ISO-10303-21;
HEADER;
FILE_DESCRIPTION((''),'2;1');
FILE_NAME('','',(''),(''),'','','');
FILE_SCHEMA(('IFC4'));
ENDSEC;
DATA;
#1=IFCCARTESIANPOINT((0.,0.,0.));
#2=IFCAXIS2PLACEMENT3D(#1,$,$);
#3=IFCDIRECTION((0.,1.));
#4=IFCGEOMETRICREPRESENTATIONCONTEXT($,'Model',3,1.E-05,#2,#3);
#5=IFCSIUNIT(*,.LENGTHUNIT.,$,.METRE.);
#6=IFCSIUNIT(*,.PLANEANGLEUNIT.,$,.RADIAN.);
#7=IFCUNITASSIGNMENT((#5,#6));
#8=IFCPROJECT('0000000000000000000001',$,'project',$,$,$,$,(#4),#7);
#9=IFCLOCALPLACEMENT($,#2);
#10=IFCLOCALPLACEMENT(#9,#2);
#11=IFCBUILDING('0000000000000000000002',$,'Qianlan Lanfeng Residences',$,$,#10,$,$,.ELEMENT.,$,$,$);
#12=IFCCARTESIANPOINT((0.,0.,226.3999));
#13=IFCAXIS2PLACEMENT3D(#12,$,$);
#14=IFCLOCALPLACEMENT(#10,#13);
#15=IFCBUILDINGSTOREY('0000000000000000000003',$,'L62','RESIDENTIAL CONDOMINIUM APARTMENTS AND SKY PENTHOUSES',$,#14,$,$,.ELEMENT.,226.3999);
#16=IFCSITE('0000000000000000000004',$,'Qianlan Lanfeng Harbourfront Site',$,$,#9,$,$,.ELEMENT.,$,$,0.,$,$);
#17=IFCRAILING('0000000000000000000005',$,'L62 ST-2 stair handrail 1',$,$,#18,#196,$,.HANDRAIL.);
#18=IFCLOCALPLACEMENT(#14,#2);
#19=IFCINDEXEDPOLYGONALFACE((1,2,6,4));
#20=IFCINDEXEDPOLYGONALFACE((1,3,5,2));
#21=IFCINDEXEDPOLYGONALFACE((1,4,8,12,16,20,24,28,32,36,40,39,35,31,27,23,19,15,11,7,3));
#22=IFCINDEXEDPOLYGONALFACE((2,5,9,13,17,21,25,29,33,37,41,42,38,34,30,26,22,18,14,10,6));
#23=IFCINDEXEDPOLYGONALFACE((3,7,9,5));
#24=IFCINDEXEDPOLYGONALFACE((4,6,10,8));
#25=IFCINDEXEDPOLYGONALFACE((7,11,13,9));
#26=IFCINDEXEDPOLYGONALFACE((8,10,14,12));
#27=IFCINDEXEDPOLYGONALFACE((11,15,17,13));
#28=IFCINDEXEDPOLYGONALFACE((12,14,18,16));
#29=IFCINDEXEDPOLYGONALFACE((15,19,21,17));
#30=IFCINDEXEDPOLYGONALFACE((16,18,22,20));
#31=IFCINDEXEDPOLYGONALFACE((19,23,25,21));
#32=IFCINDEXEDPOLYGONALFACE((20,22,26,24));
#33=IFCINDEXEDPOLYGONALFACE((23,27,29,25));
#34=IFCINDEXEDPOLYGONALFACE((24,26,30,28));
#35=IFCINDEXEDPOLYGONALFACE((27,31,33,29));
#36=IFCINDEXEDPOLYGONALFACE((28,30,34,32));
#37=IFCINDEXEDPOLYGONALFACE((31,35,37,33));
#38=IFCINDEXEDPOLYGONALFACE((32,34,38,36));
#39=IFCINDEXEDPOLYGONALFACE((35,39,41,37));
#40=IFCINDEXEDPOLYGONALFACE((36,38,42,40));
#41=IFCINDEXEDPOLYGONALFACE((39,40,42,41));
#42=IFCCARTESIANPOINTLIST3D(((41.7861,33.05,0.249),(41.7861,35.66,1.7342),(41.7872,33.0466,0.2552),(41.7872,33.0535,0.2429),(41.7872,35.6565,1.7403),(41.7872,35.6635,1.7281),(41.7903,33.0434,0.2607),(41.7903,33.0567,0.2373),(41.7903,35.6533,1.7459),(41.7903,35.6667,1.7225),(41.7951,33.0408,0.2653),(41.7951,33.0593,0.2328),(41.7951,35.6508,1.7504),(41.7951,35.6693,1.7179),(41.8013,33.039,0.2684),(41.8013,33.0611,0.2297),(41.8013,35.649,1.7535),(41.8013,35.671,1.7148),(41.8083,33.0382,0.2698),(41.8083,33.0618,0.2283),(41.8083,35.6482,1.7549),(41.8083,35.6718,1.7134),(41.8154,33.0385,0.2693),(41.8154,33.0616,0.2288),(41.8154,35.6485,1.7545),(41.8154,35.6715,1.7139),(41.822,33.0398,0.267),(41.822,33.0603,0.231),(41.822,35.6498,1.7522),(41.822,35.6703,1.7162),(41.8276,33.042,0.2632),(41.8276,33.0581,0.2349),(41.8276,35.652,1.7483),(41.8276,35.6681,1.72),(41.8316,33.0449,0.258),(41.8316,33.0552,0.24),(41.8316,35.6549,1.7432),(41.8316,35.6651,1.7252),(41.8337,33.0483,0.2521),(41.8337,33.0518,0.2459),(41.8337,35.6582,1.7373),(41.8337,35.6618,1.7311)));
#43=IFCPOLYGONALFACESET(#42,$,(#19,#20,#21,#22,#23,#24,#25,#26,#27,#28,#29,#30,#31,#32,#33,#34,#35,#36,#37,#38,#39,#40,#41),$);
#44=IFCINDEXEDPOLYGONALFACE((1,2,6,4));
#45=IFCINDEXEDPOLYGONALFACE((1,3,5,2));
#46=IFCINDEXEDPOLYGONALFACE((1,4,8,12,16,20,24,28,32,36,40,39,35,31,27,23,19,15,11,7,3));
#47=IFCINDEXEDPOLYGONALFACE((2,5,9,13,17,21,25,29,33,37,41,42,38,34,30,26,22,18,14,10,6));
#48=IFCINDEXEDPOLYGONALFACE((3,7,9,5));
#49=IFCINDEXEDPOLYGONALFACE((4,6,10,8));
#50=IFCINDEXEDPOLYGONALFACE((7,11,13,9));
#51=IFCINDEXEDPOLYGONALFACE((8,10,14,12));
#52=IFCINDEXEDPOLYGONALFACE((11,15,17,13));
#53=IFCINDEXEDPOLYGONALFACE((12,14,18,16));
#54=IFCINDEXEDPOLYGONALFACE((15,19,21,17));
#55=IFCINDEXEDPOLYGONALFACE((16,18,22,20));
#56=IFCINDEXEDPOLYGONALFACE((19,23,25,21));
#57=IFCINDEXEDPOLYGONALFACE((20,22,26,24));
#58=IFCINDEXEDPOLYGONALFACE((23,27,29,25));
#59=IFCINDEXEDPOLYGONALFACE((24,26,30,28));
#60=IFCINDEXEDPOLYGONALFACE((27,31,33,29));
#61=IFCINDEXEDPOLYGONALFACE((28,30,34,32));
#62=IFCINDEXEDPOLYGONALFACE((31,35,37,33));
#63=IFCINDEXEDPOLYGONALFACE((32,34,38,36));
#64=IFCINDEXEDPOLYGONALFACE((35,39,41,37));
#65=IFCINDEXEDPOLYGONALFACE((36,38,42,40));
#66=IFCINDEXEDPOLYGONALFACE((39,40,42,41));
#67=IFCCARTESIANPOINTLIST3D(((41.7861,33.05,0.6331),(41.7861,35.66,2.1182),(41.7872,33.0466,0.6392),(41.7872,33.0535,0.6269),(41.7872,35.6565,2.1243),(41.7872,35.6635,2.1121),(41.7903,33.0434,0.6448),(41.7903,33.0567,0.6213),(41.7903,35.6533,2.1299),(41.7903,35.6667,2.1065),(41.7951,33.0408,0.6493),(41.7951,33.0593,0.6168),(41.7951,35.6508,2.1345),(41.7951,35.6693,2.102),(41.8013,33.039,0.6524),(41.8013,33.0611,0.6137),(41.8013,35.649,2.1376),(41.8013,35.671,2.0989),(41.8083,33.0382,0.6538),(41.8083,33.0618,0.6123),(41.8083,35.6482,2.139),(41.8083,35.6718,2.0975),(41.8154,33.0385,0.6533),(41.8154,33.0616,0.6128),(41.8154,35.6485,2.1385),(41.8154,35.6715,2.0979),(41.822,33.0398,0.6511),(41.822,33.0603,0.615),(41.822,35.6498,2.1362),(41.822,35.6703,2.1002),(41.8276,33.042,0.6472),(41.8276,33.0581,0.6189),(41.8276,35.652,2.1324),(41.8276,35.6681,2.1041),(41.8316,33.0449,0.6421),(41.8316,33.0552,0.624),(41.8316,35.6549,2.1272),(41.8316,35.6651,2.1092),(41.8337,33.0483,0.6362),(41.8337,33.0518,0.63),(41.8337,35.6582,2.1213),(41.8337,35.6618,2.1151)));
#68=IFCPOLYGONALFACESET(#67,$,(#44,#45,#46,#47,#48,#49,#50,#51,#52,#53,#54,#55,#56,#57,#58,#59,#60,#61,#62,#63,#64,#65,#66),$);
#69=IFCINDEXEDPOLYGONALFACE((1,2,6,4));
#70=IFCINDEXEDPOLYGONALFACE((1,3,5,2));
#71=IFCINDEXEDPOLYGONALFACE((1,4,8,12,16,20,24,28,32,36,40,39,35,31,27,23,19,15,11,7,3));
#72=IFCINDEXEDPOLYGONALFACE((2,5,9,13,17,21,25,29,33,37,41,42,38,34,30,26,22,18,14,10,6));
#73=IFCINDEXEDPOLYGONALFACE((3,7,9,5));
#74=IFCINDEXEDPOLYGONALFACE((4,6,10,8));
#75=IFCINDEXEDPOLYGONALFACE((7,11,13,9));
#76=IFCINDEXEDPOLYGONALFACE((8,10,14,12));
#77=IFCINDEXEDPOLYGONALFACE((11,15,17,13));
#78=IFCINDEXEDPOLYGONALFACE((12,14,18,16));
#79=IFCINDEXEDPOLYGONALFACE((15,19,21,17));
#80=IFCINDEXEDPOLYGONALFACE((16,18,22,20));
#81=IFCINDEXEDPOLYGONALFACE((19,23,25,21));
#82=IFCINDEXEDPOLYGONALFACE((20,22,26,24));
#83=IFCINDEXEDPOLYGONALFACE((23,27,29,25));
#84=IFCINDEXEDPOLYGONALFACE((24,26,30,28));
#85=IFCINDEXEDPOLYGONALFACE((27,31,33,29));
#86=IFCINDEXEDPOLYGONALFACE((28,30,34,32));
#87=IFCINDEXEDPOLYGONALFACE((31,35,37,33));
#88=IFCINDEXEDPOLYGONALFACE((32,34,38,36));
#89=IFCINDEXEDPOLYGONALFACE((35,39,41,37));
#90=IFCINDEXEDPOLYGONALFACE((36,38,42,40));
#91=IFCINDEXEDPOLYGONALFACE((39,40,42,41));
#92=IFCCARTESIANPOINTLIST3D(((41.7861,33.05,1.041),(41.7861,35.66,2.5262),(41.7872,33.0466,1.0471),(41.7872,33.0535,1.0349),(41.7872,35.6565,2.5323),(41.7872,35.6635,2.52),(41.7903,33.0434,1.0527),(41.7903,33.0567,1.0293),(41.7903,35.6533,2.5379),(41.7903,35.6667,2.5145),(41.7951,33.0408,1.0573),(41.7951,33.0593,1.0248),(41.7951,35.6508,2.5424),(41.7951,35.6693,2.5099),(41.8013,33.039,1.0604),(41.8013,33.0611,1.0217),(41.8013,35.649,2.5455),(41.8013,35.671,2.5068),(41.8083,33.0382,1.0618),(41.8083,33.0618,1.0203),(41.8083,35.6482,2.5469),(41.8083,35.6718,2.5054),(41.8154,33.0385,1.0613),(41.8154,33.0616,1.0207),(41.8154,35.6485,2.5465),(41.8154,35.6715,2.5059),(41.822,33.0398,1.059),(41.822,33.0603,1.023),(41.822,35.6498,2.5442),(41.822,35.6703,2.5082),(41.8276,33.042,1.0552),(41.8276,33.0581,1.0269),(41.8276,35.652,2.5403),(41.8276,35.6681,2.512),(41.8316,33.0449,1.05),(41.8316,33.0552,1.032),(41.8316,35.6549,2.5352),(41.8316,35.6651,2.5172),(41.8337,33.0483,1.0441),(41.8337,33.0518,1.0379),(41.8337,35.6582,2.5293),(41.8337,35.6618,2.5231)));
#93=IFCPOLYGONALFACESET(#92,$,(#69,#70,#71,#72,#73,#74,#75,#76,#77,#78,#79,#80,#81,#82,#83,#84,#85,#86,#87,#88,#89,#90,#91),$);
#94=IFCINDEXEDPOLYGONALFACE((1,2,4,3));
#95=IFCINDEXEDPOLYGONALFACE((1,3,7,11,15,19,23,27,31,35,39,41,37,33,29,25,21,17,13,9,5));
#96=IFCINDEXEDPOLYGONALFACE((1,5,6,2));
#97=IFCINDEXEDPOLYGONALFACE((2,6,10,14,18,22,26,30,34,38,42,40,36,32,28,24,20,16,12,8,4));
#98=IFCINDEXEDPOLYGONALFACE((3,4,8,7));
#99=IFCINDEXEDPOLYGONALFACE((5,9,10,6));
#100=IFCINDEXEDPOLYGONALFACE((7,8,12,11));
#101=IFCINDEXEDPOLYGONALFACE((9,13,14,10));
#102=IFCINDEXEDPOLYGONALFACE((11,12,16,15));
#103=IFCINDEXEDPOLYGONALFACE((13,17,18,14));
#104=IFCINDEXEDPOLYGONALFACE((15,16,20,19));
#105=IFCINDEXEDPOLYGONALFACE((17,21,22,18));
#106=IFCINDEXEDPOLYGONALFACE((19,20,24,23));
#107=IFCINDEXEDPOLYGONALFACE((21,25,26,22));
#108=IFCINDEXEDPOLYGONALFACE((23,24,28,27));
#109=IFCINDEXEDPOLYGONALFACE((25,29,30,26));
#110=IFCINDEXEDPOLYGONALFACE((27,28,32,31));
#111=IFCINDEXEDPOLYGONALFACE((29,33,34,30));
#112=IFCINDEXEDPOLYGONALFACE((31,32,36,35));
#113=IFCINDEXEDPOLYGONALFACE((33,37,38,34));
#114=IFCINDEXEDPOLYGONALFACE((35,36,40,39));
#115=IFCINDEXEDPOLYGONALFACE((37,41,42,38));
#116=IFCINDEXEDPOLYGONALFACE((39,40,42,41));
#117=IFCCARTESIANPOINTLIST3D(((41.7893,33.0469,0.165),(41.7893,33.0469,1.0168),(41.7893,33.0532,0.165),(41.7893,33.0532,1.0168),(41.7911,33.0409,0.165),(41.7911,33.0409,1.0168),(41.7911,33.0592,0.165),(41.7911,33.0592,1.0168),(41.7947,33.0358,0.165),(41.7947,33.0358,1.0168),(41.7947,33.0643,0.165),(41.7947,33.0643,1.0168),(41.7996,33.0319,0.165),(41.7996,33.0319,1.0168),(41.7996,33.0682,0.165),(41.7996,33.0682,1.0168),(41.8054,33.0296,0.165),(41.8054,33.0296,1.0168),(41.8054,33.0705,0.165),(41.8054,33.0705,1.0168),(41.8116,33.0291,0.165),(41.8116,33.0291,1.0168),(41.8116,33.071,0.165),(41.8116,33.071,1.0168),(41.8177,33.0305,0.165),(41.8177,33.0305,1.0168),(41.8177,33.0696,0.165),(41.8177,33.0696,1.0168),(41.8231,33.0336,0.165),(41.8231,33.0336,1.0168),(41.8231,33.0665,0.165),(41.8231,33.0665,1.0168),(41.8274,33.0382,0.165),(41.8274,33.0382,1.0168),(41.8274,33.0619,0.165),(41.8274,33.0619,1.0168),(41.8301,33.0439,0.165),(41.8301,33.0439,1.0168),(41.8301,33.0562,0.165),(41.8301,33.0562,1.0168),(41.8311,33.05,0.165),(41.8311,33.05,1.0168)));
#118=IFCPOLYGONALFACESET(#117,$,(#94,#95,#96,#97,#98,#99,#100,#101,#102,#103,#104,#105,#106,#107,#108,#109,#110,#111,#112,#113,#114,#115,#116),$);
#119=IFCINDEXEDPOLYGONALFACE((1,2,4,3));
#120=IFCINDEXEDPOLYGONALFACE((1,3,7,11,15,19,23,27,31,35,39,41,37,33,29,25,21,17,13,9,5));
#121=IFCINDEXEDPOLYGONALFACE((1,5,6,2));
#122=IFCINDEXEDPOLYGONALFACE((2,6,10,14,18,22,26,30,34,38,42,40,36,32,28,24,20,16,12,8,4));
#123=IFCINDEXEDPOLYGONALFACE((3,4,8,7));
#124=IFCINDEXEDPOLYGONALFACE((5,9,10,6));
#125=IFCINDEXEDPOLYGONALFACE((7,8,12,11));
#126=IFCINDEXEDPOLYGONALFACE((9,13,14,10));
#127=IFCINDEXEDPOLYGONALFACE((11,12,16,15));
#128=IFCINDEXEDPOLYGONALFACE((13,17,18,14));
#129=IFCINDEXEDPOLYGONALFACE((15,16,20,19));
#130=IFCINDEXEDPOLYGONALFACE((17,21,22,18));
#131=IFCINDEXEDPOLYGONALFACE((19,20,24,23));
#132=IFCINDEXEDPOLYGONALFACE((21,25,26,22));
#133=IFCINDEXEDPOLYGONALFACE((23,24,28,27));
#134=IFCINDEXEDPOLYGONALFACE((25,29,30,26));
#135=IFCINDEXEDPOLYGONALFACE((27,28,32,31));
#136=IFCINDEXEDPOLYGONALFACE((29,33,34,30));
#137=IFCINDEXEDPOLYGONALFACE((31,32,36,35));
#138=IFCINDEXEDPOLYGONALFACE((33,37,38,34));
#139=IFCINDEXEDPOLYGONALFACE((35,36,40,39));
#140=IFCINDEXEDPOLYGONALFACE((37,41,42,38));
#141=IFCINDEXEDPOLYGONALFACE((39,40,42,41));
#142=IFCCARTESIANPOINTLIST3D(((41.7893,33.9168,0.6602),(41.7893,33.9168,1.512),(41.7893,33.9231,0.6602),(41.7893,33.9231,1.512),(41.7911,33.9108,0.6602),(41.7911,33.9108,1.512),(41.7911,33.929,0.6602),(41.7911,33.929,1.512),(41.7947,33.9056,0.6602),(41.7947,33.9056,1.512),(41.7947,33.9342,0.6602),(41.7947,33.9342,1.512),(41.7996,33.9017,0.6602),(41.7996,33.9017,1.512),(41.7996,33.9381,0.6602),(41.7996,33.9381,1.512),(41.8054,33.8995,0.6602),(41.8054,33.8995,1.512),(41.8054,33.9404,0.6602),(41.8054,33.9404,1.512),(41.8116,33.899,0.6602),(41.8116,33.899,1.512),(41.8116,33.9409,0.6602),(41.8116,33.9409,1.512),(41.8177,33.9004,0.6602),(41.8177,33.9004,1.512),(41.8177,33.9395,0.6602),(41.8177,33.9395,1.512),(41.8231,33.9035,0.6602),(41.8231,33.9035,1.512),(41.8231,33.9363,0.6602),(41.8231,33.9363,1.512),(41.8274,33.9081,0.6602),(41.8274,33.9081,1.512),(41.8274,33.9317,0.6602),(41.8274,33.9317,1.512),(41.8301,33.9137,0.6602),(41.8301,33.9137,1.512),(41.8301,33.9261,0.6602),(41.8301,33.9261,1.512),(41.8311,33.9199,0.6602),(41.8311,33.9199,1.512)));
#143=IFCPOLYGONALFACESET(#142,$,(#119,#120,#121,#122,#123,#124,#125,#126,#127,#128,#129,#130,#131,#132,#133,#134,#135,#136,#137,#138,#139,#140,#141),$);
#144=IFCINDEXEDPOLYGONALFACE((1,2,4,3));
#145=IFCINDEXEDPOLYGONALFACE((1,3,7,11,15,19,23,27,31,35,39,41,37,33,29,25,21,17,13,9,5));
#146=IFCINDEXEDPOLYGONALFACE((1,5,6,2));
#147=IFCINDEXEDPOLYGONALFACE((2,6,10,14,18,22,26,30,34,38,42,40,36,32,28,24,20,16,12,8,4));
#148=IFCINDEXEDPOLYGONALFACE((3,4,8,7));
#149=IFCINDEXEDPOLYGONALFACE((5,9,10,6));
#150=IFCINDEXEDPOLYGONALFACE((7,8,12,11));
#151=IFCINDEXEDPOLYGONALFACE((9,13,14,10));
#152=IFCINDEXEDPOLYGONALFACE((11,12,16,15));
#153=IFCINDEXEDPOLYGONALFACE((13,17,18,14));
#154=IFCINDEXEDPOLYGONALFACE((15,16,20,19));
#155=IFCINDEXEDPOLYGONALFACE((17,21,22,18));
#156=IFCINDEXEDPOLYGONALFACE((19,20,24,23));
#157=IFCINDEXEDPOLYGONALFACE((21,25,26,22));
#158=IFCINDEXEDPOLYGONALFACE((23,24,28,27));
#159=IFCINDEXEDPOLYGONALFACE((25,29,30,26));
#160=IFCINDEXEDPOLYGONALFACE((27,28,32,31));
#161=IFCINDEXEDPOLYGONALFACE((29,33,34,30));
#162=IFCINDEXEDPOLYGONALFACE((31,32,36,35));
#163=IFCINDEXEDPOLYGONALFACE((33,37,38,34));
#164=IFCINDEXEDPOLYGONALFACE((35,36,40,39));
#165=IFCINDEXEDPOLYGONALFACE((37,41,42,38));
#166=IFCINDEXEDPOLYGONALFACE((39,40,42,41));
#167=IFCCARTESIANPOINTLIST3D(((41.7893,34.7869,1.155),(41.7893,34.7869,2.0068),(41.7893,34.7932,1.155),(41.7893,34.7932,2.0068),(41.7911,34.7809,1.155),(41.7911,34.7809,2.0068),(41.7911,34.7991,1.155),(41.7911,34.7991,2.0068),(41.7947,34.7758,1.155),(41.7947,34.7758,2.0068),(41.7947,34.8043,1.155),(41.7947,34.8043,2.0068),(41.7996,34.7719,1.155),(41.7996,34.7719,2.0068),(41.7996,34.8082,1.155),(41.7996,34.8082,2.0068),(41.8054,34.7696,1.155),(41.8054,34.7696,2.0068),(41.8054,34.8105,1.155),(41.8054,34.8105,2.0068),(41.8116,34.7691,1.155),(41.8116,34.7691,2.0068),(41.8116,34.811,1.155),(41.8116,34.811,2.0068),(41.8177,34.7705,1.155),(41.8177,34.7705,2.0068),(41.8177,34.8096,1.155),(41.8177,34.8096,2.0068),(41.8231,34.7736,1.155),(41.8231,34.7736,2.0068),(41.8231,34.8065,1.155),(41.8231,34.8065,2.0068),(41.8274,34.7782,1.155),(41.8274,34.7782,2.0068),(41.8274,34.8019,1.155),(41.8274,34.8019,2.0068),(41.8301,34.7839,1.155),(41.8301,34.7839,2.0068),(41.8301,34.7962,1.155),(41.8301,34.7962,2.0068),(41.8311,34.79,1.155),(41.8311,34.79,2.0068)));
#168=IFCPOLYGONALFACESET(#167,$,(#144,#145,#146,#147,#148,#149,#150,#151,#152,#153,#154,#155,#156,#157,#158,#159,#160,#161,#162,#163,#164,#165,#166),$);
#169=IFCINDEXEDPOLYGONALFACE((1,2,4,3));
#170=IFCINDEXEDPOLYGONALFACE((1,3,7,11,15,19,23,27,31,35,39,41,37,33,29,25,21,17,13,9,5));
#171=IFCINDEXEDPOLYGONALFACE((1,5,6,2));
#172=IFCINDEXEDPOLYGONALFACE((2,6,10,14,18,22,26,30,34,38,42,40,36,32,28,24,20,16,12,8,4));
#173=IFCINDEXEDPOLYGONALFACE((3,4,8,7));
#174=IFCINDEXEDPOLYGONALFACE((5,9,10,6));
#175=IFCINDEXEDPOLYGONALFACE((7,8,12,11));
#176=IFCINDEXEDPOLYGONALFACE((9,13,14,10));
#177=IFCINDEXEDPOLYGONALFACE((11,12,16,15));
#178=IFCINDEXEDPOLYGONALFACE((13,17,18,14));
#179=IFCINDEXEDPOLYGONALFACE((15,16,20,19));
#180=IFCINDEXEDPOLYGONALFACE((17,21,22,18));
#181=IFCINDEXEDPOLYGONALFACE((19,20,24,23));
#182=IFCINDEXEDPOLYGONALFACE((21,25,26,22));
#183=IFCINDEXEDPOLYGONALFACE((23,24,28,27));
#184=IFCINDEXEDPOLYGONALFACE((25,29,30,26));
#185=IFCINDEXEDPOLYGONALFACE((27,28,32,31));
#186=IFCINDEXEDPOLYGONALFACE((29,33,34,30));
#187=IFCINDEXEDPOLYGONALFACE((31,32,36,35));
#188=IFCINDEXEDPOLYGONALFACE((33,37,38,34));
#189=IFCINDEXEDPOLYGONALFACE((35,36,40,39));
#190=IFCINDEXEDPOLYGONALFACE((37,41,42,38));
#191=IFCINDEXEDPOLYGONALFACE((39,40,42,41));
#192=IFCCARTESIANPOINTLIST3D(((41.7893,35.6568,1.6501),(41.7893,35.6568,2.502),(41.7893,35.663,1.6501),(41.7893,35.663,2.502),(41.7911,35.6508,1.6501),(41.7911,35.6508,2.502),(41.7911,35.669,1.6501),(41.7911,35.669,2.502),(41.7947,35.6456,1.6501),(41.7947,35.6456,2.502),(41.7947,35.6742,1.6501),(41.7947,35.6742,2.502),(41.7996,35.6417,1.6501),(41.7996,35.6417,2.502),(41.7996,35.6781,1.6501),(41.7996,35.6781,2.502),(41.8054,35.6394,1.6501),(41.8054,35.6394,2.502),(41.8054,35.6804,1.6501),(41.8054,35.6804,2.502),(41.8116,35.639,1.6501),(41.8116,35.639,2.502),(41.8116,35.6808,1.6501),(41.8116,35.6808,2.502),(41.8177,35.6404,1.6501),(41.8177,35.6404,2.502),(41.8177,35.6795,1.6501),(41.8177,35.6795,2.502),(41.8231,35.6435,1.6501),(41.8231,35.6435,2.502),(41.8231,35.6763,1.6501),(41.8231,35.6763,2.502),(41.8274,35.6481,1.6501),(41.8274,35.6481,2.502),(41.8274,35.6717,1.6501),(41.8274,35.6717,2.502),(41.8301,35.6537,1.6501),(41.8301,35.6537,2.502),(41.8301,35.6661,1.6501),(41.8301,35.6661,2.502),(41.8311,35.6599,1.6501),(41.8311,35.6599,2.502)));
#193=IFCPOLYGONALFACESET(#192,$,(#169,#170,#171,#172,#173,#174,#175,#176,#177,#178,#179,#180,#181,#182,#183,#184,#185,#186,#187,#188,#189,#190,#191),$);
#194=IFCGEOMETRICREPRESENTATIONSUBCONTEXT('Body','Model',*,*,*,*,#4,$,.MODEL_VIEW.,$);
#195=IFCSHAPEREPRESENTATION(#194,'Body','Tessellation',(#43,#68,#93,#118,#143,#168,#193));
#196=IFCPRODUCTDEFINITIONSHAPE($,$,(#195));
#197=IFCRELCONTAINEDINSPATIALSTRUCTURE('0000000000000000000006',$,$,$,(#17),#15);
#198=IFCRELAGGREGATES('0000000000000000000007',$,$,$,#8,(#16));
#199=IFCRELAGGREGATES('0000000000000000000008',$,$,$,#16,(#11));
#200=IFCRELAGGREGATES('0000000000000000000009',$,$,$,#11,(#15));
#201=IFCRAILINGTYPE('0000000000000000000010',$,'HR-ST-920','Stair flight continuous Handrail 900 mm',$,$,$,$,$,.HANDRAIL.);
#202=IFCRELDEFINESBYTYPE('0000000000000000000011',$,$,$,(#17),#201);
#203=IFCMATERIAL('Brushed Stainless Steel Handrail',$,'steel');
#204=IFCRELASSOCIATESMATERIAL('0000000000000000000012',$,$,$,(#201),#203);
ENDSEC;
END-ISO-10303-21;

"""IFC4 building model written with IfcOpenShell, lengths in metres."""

from ifc_helpers import new_model, si_unit, direction, frame, origin, origin_2d, place, context, subcontext, project, spatial, circle, extrude, material, type_object, element, save


model = new_model("IFC4")

# Units and contexts
model_context = context("Model", 3, precision=1e-05, world=origin(), true_north=direction((0.0, 1.0)))
body_context = subcontext(model_context, "Body", "Model", "MODEL_VIEW")
ifc_project = project(units=[si_unit("LENGTHUNIT", "METRE"), si_unit("PLANEANGLEUNIT", "RADIAN")], contexts=[model_context])

# Site, building, storey
site_placement = place(None, origin())
site = spatial("IfcSite", under=ifc_project, at=site_placement, Name="Qianlan Lanfeng Harbourfront Site", CompositionType="ELEMENT", RefElevation=0.0)
building_placement = place(site_placement, origin())
building = spatial("IfcBuilding", under=site, at=building_placement, Name="Qianlan Lanfeng Residences", CompositionType="ELEMENT")
storey_placement = place(building_placement, frame((0.0, 0.0, 226.3999)))
storey = spatial("IfcBuildingStorey", under=building, at=storey_placement, Name="L62", Description="RESIDENTIAL CONDOMINIUM APARTMENTS AND SKY PENTHOUSES", CompositionType="ELEMENT", Elevation=226.3999)

# Railing
ifc_material_1 = material(Name="Brushed Stainless Steel Handrail", Category="steel")
railing_type_1 = type_object("IfcRailingType", Name="HR-ST-920", Description="Stair flight continuous Handrail 900 mm", PredefinedType="HANDRAIL", material=ifc_material_1)
railing_1_placement = place(storey_placement, frame((41.8101, 33.05, 0.165)))
element("IfcRailing", 1, at=railing_1_placement, inside=storey, type_object=railing_type_1, Name="L62 ST-2 stair handrail 1", PredefinedType="HANDRAIL", context=body_context, shape_type="SweptSolid", body=[
    extrude(circle(Radius=0.0239, at=origin_2d()), frame((0.0, 0.0, 0.084), z_axis=(0.0, 0.869137, 0.494571), x_axis=(-1.0, 0.0, 0.0)), (0.0, 0.0, 1.0), 3.0029),
    extrude(circle(Radius=0.0239, at=origin_2d()), frame((0.0, 0.0, 0.468), z_axis=(0.0, 0.869137, 0.494571), x_axis=(-1.0, 0.0, 0.0)), (0.0, 0.0, 1.0), 3.0029),
    extrude(circle(Radius=0.0239, at=origin_2d()), frame((0.0, 0.0, 0.876), z_axis=(0.0, 0.869137, 0.494571), x_axis=(-1.0, 0.0, 0.0)), (0.0, 0.0, 1.0), 3.0029),
    extrude(circle(Radius=0.021, at=origin_2d()), origin(), (0.0, 0.0, 1.0), 0.8518),
    extrude(circle(Radius=0.021, at=origin_2d()), frame((0.0, 0.8699, 0.4951)), (0.0, 0.0, 1.0), 0.8518),
    extrude(circle(Radius=0.021, at=origin_2d()), frame((0.0, 1.74, 0.99)), (0.0, 0.0, 1.0), 0.8518),
    extrude(circle(Radius=0.021, at=origin_2d()), frame((0.0, 2.6099, 1.4851)), (0.0, 0.0, 1.0), 0.8518),
])

save(model, "model.ifc")
